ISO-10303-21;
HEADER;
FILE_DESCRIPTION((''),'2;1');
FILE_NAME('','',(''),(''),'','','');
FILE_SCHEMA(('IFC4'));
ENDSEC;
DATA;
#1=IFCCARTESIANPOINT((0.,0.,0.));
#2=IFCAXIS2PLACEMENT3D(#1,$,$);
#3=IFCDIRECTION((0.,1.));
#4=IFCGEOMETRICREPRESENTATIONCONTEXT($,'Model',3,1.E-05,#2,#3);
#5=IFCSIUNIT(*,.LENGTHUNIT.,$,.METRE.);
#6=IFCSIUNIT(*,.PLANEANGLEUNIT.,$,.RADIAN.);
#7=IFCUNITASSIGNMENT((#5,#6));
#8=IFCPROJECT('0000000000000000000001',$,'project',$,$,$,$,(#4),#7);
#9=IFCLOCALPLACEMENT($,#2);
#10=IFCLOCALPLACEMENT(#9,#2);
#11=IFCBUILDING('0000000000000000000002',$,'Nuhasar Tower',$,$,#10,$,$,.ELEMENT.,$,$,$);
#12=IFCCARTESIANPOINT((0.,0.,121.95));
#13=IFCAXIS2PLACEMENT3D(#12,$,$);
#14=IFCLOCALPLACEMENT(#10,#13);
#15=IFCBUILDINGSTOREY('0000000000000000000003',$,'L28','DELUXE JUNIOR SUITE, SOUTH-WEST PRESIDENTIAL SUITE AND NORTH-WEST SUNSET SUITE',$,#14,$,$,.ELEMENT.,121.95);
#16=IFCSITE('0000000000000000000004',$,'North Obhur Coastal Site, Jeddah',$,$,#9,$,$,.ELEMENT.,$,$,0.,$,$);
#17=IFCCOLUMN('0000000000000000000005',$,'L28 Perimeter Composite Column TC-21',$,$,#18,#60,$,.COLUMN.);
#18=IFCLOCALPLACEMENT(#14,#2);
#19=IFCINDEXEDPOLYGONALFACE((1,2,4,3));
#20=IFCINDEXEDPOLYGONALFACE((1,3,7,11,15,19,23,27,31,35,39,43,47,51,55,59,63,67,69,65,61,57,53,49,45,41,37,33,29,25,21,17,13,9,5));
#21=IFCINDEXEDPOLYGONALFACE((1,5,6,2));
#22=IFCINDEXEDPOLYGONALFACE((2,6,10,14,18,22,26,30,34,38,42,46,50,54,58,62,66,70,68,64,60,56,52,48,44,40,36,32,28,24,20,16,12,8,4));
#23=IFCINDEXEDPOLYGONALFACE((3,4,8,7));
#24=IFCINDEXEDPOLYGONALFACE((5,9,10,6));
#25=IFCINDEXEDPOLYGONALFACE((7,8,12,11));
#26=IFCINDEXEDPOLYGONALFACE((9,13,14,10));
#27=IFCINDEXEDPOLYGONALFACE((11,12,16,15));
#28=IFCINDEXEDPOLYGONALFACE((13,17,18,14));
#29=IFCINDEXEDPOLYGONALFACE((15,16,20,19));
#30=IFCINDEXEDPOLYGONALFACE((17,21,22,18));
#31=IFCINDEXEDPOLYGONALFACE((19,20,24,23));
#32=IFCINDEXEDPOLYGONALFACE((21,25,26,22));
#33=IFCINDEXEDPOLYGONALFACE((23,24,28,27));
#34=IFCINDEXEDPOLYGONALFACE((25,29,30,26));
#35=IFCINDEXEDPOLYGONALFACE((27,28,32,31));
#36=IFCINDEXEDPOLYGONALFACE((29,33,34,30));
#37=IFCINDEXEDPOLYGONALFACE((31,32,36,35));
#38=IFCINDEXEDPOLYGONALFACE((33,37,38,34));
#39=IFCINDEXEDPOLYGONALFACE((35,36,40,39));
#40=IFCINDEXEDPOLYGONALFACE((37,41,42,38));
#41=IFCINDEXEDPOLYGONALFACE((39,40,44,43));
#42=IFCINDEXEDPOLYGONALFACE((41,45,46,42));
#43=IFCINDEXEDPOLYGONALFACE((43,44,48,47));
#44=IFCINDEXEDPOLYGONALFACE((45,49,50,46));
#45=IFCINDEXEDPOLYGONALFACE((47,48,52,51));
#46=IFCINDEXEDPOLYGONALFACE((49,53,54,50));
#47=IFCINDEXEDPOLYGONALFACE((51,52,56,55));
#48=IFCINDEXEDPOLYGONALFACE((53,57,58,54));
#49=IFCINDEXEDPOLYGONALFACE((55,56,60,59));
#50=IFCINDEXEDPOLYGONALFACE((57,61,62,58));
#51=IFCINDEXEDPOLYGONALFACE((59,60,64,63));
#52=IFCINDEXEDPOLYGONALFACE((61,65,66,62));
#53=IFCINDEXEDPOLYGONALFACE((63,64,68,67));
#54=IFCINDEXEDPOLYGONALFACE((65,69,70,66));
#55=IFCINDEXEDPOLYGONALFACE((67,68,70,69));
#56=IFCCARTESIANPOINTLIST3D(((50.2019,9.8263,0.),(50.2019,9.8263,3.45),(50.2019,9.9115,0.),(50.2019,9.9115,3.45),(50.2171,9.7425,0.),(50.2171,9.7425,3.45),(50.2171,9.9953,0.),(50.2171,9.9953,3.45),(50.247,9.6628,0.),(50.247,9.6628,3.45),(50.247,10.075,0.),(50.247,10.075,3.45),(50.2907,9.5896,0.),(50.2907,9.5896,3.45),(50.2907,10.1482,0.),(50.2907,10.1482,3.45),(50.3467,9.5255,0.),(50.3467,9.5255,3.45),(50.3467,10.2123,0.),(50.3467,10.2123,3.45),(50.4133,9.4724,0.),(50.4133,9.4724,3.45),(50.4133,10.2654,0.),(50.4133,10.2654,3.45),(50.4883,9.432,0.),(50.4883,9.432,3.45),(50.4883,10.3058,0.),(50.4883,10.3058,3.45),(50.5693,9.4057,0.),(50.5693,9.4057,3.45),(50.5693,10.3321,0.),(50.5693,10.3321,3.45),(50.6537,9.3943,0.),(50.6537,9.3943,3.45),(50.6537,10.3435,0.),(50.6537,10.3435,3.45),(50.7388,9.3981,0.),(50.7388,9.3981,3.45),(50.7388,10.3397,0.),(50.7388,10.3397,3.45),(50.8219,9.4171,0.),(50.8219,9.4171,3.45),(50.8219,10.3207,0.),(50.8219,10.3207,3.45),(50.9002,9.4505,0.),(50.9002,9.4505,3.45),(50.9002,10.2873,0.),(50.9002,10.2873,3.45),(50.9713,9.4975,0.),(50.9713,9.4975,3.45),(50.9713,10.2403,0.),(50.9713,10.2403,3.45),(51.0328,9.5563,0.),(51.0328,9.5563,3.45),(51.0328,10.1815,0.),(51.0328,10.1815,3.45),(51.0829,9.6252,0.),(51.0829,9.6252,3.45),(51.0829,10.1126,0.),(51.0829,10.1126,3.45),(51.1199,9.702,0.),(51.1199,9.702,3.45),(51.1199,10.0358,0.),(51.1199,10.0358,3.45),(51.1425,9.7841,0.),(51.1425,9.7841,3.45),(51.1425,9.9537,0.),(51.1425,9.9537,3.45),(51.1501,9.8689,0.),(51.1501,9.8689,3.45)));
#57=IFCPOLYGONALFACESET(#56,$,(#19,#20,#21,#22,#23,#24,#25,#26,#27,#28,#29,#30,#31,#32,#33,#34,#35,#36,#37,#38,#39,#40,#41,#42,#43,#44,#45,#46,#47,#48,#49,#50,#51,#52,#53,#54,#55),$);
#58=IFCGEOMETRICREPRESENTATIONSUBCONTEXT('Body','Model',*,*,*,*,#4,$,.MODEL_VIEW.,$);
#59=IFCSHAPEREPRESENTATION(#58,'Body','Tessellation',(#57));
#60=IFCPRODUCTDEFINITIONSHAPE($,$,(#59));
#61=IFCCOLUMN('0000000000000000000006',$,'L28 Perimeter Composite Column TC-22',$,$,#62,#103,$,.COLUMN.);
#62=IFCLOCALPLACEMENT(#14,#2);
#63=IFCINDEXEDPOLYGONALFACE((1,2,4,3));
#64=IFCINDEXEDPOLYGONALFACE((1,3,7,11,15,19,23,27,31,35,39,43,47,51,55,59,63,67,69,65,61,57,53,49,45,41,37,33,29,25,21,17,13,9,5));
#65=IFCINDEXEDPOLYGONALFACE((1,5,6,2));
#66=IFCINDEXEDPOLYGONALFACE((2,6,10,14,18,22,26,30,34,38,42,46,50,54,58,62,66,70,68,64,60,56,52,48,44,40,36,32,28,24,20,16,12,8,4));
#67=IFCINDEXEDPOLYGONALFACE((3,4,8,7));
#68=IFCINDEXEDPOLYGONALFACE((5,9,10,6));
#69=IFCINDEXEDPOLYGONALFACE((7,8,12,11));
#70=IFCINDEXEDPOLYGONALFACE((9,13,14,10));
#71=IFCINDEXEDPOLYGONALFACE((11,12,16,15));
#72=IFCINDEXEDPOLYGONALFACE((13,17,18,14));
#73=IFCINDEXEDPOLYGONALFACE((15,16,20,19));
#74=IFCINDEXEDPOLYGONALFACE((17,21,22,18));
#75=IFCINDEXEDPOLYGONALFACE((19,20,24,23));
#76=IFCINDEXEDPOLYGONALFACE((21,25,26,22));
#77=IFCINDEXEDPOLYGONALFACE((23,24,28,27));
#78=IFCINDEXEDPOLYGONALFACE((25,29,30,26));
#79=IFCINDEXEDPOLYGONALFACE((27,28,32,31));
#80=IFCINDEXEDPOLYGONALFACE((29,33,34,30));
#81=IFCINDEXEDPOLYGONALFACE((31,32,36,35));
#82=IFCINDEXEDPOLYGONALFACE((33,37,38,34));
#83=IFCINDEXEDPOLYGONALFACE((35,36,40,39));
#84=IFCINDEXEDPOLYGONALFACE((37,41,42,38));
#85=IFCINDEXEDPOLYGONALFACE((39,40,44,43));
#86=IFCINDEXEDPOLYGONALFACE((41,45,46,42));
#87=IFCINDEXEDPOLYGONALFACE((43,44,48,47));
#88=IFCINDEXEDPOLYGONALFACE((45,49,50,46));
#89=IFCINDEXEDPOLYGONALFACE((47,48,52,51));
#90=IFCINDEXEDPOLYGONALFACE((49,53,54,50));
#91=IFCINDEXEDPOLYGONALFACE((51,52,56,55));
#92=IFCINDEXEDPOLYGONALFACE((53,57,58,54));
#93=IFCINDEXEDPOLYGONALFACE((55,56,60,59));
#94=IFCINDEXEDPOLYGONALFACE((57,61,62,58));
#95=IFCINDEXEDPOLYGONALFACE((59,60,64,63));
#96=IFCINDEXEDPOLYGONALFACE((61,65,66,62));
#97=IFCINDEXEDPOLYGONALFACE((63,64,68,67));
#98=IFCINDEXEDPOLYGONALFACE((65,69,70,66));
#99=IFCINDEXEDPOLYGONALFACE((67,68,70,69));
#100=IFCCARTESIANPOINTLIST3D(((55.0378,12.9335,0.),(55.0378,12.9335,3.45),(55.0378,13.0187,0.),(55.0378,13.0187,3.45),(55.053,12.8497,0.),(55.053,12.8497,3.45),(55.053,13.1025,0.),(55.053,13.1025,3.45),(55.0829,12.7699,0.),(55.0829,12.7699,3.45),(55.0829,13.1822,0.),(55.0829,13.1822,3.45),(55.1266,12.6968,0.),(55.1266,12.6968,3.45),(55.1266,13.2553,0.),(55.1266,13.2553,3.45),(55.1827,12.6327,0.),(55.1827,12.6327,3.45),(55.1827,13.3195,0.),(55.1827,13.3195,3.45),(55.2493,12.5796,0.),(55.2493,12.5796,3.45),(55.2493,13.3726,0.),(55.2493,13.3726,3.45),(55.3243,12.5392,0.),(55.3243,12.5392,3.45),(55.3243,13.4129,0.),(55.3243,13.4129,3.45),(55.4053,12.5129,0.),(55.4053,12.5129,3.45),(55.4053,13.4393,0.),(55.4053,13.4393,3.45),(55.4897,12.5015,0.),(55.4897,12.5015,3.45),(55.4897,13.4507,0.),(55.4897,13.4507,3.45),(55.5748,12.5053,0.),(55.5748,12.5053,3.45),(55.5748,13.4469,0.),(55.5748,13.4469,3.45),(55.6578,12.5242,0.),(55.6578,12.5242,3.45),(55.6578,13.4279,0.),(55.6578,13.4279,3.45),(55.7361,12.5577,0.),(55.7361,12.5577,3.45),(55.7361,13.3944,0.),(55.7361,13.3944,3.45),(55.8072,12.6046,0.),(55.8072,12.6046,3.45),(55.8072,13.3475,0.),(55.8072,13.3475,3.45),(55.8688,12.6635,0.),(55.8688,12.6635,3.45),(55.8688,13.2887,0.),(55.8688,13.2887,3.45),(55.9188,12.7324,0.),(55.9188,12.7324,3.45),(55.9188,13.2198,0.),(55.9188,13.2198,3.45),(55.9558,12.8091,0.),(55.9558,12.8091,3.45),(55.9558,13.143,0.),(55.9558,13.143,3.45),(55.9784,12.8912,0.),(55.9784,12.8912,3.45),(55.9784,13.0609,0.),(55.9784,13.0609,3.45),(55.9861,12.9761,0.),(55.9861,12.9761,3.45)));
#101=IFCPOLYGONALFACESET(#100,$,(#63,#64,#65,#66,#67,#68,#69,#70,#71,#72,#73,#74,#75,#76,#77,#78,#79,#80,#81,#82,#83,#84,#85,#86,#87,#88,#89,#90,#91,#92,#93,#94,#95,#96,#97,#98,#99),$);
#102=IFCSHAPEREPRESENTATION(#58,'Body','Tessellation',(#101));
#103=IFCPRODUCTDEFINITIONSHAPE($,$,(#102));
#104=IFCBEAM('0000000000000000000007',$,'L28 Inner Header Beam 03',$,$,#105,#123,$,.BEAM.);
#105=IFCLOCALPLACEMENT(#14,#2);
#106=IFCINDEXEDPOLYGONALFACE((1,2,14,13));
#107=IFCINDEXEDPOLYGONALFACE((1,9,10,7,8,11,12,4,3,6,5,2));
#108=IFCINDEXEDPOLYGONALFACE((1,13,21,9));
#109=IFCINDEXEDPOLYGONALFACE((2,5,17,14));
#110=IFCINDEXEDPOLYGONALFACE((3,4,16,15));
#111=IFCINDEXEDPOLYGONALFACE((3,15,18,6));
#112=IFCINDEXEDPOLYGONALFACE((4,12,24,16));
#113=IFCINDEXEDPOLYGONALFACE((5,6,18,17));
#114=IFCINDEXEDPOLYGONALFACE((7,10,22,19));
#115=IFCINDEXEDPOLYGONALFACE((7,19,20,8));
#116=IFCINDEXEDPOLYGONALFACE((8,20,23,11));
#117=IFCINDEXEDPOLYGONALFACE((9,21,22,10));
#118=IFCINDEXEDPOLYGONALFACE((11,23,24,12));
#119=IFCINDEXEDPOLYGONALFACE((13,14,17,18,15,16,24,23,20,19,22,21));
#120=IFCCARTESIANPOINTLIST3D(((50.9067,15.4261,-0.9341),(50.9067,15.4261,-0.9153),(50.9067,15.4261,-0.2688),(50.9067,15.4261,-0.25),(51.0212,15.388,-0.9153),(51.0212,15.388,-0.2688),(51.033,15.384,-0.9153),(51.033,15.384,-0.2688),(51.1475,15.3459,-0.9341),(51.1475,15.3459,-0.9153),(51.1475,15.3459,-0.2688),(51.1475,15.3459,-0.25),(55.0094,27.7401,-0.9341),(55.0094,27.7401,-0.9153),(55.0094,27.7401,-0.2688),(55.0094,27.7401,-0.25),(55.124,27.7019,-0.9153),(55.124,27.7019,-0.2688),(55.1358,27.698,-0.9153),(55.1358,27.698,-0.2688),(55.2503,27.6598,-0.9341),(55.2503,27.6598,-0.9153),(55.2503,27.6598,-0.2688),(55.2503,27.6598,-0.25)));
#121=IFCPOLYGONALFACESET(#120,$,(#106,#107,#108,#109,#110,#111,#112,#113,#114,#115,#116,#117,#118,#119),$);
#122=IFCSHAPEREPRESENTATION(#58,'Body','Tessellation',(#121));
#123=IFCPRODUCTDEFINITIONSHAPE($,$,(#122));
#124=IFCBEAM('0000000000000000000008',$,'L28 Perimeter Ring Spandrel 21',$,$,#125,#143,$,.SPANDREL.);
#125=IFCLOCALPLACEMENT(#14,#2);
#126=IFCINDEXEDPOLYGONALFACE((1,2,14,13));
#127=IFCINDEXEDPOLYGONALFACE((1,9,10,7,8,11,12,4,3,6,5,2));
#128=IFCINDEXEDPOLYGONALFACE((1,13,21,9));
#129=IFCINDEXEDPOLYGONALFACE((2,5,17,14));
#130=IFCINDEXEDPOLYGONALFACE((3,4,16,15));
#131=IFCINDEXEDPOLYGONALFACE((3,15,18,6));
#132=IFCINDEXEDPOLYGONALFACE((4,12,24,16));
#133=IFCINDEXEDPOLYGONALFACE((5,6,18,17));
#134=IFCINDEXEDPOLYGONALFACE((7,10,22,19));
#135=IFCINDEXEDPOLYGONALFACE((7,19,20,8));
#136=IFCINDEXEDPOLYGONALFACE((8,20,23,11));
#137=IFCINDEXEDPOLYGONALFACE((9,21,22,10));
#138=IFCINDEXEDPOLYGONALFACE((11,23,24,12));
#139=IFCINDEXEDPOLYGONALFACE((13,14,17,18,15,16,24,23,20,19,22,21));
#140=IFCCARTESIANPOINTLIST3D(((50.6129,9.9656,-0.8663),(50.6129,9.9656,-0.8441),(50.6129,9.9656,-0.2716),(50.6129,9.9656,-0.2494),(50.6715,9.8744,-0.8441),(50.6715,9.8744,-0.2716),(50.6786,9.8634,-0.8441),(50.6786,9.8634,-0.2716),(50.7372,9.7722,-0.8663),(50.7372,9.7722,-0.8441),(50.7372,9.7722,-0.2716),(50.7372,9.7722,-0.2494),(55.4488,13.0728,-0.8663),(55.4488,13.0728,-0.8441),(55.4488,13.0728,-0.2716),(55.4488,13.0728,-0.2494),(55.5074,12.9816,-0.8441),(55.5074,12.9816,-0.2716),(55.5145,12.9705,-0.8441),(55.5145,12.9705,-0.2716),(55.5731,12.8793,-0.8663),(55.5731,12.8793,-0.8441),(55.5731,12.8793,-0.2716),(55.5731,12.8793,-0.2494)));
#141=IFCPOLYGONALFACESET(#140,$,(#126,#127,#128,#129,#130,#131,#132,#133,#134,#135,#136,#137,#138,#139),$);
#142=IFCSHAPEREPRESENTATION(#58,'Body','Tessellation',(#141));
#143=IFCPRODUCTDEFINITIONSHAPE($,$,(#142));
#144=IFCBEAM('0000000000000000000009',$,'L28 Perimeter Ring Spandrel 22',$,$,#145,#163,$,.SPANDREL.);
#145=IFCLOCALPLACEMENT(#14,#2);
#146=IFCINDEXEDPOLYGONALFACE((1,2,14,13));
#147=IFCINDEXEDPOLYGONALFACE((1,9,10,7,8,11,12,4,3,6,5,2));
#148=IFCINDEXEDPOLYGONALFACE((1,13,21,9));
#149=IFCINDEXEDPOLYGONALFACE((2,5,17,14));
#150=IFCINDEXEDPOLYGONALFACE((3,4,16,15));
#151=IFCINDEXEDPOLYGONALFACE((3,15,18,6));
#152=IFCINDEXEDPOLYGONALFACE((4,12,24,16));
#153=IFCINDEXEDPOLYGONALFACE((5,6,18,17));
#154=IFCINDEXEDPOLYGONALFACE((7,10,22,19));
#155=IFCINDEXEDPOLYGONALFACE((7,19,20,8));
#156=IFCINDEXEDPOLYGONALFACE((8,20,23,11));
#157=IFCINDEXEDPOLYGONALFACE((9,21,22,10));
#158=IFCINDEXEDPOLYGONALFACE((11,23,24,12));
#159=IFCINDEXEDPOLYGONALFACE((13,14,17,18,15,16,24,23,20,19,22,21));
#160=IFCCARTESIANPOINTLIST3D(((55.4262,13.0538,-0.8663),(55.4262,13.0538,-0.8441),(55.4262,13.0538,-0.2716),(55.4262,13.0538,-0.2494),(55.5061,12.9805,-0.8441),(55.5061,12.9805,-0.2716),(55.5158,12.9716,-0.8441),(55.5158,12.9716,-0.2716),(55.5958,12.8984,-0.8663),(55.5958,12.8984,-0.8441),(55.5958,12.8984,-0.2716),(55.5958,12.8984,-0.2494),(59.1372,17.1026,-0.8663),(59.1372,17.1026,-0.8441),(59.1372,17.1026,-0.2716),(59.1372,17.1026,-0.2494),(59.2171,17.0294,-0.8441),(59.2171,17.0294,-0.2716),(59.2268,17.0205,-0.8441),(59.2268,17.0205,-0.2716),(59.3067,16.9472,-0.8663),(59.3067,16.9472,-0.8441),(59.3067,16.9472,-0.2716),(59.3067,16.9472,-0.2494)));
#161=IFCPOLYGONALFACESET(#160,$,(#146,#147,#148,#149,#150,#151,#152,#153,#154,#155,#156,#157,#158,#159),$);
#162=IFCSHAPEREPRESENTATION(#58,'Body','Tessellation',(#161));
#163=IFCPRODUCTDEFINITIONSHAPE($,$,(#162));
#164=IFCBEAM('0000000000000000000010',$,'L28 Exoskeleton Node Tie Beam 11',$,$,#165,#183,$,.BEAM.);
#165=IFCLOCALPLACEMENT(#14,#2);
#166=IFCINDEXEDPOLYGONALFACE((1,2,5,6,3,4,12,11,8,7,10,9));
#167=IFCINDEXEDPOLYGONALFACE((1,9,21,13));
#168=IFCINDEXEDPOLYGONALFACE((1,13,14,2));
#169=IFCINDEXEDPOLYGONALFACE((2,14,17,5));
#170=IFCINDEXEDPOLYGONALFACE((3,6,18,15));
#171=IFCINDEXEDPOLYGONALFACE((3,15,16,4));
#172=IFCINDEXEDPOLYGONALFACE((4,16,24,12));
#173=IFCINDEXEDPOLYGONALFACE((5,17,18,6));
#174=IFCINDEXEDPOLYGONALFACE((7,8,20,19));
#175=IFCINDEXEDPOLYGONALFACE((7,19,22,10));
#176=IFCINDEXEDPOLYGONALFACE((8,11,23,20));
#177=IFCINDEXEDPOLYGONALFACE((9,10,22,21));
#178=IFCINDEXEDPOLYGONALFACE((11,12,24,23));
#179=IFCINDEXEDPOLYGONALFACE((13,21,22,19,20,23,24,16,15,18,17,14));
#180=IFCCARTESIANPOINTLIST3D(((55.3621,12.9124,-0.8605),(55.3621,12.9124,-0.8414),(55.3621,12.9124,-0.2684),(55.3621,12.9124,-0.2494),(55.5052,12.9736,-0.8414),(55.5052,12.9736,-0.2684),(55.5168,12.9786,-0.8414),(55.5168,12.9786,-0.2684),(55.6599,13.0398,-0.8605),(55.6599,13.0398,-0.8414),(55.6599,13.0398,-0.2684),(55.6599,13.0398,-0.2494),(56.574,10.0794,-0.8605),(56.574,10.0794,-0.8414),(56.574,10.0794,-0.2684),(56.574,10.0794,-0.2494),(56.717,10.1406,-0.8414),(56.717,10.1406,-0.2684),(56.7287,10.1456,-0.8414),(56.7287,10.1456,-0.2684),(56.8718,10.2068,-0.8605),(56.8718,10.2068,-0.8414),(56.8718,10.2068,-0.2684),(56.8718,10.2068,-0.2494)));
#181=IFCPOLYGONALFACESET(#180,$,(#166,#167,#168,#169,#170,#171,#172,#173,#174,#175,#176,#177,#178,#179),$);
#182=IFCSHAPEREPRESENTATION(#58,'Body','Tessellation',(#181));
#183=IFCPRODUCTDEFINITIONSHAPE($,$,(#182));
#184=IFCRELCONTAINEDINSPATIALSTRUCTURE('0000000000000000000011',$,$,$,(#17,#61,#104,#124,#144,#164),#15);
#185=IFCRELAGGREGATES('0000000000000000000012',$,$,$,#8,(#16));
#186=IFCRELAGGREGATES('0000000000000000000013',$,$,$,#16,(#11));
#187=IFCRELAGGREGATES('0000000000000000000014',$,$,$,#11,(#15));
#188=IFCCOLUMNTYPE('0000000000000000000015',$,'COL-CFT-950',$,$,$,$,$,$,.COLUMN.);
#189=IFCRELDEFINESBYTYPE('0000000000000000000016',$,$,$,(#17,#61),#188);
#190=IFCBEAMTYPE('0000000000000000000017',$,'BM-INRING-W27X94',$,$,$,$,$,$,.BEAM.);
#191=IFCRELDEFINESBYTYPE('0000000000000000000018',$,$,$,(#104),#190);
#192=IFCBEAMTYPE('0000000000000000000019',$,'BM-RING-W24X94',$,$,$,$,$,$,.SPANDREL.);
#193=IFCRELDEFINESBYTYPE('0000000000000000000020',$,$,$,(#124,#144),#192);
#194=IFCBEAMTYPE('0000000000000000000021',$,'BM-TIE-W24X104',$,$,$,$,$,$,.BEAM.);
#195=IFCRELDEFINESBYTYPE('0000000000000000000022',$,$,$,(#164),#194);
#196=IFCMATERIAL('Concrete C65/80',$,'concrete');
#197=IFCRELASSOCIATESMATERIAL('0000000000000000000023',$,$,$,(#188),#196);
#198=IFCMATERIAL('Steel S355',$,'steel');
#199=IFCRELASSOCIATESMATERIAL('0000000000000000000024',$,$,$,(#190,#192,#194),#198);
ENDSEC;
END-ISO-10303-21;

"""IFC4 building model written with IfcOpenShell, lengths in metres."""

from ifc_helpers import new_model, si_unit, direction, frame, origin, origin_2d, place, context, subcontext, project, spatial, circle, i_section, extrude, material, material_profile, profile_set, type_object, element, save


model = new_model("IFC4")

# Units and contexts
model_context = context("Model", 3, precision=1e-05, world=origin(), true_north=direction((0.0, 1.0)))
body_context = subcontext(model_context, "Body", "Model", "MODEL_VIEW")
ifc_project = project(units=[si_unit("LENGTHUNIT", "METRE"), si_unit("PLANEANGLEUNIT", "RADIAN")], contexts=[model_context])

# Site, building, storey
site_placement = place(None, origin())
site = spatial("IfcSite", under=ifc_project, at=site_placement, Name="North Obhur Coastal Site, Jeddah", CompositionType="ELEMENT", RefElevation=0.0)
building_placement = place(site_placement, origin())
building = spatial("IfcBuilding", under=site, at=building_placement, Name="Nuhasar Tower", CompositionType="ELEMENT")
storey_placement = place(building_placement, frame((0.0, 0.0, 121.95)))
storey = spatial("IfcBuildingStorey", under=building, at=storey_placement, Name="L28", Description="DELUXE JUNIOR SUITE, SOUTH-WEST PRESIDENTIAL SUITE AND NORTH-WEST SUNSET SUITE", CompositionType="ELEMENT", Elevation=121.95)

# Columns
ifc_material_1 = material(Name="Concrete C65/80", Category="concrete")
ifc_material_profile_1 = material_profile(ifc_material_1, circle(Radius=0.4751, at=origin_2d()), Name="CFT950")
ifc_profile_set_1 = profile_set([ifc_material_profile_1], Name="Concrete C65/80")
column_type = type_object("IfcColumnType", Name="COL-CFT-950", PredefinedType="COLUMN", material=ifc_profile_set_1)
for number, where, z_axis, x_axis, name in (
    (1, (50.675, 9.8689, 0.0), (0.0, 0.0, 1.0), (1.0, 0.0, 0.0), "L28 Perimeter Composite Column TC-21"),
    (2, (55.511, 12.9761, 0.0), (0.0, 0.0, 1.0), (1.0, 0.0, 0.0), "L28 Perimeter Composite Column TC-22"),
):
    element("IfcColumn", number, at=place(storey_placement, frame(where, z_axis=z_axis, x_axis=x_axis)), inside=storey, type_object=column_type, Name=name, PredefinedType="COLUMN", context=body_context, shape_type="SweptSolid", body=[
        extrude(circle(Radius=0.4751, at=origin_2d()), origin(), (0.0, 0.0, 1.0), 3.45),
    ])

# Beams
ifc_material_2 = material(Name="Steel S355", Category="steel")
ifc_material_profile_2 = material_profile(ifc_material_2, i_section(OverallWidth=0.2539, OverallDepth=0.6841, WebThickness=0.0125, FlangeThickness=0.0188, at=origin_2d()), Name="W27X94")
ifc_profile_set_2 = profile_set([ifc_material_profile_2], Name="Steel S355")
beam_type_1 = type_object("IfcBeamType", Name="BM-INRING-W27X94", PredefinedType="BEAM", material=ifc_profile_set_2)
beam_1_placement = place(storey_placement, frame((51.0271, 15.386, -0.592), z_axis=(0.316098, 0.948727, 0.0), x_axis=(-0.948727, 0.316098, 0.0)))
element("IfcBeam", 3, at=beam_1_placement, inside=storey, type_object=beam_type_1, Name="L28 Inner Header Beam 03", PredefinedType="BEAM", context=body_context, shape_type="SweptSolid", body=[
    extrude(i_section(OverallWidth=0.2539, OverallDepth=0.6841, WebThickness=0.0125, FlangeThickness=0.0188, at=origin_2d()), origin(), (0.0, 0.0, 1.0), 12.9795),
])
ifc_material_profile_3 = material_profile(ifc_material_2, i_section(OverallWidth=0.23, OverallDepth=0.6169, WebThickness=0.0132, FlangeThickness=0.0222, at=origin_2d()), Name="W24X94")
ifc_profile_set_3 = profile_set([ifc_material_profile_3], Name="Steel S355")
beam_type_2 = type_object("IfcBeamType", Name="BM-RING-W24X94", PredefinedType="SPANDREL", material=ifc_profile_set_3)
beam_2_placement = place(storey_placement, frame((50.675, 9.8689, -0.5579), z_axis=(0.841308, 0.540556, 0.0), x_axis=(-0.540556, 0.841308, 0.0)))
element("IfcBeam", 4, at=beam_2_placement, inside=storey, type_object=beam_type_2, Name="L28 Perimeter Ring Spandrel 21", PredefinedType="SPANDREL", context=body_context, shape_type="SweptSolid", body=[
    extrude(i_section(OverallWidth=0.23, OverallDepth=0.6169, WebThickness=0.0132, FlangeThickness=0.0222, at=origin_2d()), origin(), (0.0, 0.0, 1.0), 5.748),
])
beam_3_placement = place(storey_placement, frame((55.511, 12.9761, -0.5579), z_axis=(0.675676, 0.737198, 0.0), x_axis=(-0.737198, 0.675676, 0.0)))
element("IfcBeam", 5, at=beam_3_placement, inside=storey, type_object=beam_type_2, Name="L28 Perimeter Ring Spandrel 22", PredefinedType="SPANDREL", context=body_context, shape_type="SweptSolid", body=[
    extrude(i_section(OverallWidth=0.23, OverallDepth=0.6169, WebThickness=0.0132, FlangeThickness=0.0222, at=origin_2d()), origin(), (0.0, 0.0, 1.0), 5.4922),
])
ifc_material_profile_4 = material_profile(ifc_material_2, i_section(OverallWidth=0.324, OverallDepth=0.6111, WebThickness=0.0127, FlangeThickness=0.019, at=origin_2d()), Name="W24X104")
ifc_profile_set_4 = profile_set([ifc_material_profile_4], Name="Steel S355")
beam_type_3 = type_object("IfcBeamType", Name="BM-TIE-W24X104", PredefinedType="BEAM", material=ifc_profile_set_4)
beam_4_placement = place(storey_placement, frame((55.511, 12.9761, -0.5549), z_axis=(0.393307, -0.919407, 0.0), x_axis=(0.919407, 0.393307, 0.0)))
element("IfcBeam", 6, at=beam_4_placement, inside=storey, type_object=beam_type_3, Name="L28 Exoskeleton Node Tie Beam 11", PredefinedType="BEAM", context=body_context, shape_type="SweptSolid", body=[
    extrude(i_section(OverallWidth=0.324, OverallDepth=0.6111, WebThickness=0.0127, FlangeThickness=0.019, at=origin_2d()), origin(), (0.0, 0.0, 1.0), 3.0813),
])

save(model, "model.ifc")
